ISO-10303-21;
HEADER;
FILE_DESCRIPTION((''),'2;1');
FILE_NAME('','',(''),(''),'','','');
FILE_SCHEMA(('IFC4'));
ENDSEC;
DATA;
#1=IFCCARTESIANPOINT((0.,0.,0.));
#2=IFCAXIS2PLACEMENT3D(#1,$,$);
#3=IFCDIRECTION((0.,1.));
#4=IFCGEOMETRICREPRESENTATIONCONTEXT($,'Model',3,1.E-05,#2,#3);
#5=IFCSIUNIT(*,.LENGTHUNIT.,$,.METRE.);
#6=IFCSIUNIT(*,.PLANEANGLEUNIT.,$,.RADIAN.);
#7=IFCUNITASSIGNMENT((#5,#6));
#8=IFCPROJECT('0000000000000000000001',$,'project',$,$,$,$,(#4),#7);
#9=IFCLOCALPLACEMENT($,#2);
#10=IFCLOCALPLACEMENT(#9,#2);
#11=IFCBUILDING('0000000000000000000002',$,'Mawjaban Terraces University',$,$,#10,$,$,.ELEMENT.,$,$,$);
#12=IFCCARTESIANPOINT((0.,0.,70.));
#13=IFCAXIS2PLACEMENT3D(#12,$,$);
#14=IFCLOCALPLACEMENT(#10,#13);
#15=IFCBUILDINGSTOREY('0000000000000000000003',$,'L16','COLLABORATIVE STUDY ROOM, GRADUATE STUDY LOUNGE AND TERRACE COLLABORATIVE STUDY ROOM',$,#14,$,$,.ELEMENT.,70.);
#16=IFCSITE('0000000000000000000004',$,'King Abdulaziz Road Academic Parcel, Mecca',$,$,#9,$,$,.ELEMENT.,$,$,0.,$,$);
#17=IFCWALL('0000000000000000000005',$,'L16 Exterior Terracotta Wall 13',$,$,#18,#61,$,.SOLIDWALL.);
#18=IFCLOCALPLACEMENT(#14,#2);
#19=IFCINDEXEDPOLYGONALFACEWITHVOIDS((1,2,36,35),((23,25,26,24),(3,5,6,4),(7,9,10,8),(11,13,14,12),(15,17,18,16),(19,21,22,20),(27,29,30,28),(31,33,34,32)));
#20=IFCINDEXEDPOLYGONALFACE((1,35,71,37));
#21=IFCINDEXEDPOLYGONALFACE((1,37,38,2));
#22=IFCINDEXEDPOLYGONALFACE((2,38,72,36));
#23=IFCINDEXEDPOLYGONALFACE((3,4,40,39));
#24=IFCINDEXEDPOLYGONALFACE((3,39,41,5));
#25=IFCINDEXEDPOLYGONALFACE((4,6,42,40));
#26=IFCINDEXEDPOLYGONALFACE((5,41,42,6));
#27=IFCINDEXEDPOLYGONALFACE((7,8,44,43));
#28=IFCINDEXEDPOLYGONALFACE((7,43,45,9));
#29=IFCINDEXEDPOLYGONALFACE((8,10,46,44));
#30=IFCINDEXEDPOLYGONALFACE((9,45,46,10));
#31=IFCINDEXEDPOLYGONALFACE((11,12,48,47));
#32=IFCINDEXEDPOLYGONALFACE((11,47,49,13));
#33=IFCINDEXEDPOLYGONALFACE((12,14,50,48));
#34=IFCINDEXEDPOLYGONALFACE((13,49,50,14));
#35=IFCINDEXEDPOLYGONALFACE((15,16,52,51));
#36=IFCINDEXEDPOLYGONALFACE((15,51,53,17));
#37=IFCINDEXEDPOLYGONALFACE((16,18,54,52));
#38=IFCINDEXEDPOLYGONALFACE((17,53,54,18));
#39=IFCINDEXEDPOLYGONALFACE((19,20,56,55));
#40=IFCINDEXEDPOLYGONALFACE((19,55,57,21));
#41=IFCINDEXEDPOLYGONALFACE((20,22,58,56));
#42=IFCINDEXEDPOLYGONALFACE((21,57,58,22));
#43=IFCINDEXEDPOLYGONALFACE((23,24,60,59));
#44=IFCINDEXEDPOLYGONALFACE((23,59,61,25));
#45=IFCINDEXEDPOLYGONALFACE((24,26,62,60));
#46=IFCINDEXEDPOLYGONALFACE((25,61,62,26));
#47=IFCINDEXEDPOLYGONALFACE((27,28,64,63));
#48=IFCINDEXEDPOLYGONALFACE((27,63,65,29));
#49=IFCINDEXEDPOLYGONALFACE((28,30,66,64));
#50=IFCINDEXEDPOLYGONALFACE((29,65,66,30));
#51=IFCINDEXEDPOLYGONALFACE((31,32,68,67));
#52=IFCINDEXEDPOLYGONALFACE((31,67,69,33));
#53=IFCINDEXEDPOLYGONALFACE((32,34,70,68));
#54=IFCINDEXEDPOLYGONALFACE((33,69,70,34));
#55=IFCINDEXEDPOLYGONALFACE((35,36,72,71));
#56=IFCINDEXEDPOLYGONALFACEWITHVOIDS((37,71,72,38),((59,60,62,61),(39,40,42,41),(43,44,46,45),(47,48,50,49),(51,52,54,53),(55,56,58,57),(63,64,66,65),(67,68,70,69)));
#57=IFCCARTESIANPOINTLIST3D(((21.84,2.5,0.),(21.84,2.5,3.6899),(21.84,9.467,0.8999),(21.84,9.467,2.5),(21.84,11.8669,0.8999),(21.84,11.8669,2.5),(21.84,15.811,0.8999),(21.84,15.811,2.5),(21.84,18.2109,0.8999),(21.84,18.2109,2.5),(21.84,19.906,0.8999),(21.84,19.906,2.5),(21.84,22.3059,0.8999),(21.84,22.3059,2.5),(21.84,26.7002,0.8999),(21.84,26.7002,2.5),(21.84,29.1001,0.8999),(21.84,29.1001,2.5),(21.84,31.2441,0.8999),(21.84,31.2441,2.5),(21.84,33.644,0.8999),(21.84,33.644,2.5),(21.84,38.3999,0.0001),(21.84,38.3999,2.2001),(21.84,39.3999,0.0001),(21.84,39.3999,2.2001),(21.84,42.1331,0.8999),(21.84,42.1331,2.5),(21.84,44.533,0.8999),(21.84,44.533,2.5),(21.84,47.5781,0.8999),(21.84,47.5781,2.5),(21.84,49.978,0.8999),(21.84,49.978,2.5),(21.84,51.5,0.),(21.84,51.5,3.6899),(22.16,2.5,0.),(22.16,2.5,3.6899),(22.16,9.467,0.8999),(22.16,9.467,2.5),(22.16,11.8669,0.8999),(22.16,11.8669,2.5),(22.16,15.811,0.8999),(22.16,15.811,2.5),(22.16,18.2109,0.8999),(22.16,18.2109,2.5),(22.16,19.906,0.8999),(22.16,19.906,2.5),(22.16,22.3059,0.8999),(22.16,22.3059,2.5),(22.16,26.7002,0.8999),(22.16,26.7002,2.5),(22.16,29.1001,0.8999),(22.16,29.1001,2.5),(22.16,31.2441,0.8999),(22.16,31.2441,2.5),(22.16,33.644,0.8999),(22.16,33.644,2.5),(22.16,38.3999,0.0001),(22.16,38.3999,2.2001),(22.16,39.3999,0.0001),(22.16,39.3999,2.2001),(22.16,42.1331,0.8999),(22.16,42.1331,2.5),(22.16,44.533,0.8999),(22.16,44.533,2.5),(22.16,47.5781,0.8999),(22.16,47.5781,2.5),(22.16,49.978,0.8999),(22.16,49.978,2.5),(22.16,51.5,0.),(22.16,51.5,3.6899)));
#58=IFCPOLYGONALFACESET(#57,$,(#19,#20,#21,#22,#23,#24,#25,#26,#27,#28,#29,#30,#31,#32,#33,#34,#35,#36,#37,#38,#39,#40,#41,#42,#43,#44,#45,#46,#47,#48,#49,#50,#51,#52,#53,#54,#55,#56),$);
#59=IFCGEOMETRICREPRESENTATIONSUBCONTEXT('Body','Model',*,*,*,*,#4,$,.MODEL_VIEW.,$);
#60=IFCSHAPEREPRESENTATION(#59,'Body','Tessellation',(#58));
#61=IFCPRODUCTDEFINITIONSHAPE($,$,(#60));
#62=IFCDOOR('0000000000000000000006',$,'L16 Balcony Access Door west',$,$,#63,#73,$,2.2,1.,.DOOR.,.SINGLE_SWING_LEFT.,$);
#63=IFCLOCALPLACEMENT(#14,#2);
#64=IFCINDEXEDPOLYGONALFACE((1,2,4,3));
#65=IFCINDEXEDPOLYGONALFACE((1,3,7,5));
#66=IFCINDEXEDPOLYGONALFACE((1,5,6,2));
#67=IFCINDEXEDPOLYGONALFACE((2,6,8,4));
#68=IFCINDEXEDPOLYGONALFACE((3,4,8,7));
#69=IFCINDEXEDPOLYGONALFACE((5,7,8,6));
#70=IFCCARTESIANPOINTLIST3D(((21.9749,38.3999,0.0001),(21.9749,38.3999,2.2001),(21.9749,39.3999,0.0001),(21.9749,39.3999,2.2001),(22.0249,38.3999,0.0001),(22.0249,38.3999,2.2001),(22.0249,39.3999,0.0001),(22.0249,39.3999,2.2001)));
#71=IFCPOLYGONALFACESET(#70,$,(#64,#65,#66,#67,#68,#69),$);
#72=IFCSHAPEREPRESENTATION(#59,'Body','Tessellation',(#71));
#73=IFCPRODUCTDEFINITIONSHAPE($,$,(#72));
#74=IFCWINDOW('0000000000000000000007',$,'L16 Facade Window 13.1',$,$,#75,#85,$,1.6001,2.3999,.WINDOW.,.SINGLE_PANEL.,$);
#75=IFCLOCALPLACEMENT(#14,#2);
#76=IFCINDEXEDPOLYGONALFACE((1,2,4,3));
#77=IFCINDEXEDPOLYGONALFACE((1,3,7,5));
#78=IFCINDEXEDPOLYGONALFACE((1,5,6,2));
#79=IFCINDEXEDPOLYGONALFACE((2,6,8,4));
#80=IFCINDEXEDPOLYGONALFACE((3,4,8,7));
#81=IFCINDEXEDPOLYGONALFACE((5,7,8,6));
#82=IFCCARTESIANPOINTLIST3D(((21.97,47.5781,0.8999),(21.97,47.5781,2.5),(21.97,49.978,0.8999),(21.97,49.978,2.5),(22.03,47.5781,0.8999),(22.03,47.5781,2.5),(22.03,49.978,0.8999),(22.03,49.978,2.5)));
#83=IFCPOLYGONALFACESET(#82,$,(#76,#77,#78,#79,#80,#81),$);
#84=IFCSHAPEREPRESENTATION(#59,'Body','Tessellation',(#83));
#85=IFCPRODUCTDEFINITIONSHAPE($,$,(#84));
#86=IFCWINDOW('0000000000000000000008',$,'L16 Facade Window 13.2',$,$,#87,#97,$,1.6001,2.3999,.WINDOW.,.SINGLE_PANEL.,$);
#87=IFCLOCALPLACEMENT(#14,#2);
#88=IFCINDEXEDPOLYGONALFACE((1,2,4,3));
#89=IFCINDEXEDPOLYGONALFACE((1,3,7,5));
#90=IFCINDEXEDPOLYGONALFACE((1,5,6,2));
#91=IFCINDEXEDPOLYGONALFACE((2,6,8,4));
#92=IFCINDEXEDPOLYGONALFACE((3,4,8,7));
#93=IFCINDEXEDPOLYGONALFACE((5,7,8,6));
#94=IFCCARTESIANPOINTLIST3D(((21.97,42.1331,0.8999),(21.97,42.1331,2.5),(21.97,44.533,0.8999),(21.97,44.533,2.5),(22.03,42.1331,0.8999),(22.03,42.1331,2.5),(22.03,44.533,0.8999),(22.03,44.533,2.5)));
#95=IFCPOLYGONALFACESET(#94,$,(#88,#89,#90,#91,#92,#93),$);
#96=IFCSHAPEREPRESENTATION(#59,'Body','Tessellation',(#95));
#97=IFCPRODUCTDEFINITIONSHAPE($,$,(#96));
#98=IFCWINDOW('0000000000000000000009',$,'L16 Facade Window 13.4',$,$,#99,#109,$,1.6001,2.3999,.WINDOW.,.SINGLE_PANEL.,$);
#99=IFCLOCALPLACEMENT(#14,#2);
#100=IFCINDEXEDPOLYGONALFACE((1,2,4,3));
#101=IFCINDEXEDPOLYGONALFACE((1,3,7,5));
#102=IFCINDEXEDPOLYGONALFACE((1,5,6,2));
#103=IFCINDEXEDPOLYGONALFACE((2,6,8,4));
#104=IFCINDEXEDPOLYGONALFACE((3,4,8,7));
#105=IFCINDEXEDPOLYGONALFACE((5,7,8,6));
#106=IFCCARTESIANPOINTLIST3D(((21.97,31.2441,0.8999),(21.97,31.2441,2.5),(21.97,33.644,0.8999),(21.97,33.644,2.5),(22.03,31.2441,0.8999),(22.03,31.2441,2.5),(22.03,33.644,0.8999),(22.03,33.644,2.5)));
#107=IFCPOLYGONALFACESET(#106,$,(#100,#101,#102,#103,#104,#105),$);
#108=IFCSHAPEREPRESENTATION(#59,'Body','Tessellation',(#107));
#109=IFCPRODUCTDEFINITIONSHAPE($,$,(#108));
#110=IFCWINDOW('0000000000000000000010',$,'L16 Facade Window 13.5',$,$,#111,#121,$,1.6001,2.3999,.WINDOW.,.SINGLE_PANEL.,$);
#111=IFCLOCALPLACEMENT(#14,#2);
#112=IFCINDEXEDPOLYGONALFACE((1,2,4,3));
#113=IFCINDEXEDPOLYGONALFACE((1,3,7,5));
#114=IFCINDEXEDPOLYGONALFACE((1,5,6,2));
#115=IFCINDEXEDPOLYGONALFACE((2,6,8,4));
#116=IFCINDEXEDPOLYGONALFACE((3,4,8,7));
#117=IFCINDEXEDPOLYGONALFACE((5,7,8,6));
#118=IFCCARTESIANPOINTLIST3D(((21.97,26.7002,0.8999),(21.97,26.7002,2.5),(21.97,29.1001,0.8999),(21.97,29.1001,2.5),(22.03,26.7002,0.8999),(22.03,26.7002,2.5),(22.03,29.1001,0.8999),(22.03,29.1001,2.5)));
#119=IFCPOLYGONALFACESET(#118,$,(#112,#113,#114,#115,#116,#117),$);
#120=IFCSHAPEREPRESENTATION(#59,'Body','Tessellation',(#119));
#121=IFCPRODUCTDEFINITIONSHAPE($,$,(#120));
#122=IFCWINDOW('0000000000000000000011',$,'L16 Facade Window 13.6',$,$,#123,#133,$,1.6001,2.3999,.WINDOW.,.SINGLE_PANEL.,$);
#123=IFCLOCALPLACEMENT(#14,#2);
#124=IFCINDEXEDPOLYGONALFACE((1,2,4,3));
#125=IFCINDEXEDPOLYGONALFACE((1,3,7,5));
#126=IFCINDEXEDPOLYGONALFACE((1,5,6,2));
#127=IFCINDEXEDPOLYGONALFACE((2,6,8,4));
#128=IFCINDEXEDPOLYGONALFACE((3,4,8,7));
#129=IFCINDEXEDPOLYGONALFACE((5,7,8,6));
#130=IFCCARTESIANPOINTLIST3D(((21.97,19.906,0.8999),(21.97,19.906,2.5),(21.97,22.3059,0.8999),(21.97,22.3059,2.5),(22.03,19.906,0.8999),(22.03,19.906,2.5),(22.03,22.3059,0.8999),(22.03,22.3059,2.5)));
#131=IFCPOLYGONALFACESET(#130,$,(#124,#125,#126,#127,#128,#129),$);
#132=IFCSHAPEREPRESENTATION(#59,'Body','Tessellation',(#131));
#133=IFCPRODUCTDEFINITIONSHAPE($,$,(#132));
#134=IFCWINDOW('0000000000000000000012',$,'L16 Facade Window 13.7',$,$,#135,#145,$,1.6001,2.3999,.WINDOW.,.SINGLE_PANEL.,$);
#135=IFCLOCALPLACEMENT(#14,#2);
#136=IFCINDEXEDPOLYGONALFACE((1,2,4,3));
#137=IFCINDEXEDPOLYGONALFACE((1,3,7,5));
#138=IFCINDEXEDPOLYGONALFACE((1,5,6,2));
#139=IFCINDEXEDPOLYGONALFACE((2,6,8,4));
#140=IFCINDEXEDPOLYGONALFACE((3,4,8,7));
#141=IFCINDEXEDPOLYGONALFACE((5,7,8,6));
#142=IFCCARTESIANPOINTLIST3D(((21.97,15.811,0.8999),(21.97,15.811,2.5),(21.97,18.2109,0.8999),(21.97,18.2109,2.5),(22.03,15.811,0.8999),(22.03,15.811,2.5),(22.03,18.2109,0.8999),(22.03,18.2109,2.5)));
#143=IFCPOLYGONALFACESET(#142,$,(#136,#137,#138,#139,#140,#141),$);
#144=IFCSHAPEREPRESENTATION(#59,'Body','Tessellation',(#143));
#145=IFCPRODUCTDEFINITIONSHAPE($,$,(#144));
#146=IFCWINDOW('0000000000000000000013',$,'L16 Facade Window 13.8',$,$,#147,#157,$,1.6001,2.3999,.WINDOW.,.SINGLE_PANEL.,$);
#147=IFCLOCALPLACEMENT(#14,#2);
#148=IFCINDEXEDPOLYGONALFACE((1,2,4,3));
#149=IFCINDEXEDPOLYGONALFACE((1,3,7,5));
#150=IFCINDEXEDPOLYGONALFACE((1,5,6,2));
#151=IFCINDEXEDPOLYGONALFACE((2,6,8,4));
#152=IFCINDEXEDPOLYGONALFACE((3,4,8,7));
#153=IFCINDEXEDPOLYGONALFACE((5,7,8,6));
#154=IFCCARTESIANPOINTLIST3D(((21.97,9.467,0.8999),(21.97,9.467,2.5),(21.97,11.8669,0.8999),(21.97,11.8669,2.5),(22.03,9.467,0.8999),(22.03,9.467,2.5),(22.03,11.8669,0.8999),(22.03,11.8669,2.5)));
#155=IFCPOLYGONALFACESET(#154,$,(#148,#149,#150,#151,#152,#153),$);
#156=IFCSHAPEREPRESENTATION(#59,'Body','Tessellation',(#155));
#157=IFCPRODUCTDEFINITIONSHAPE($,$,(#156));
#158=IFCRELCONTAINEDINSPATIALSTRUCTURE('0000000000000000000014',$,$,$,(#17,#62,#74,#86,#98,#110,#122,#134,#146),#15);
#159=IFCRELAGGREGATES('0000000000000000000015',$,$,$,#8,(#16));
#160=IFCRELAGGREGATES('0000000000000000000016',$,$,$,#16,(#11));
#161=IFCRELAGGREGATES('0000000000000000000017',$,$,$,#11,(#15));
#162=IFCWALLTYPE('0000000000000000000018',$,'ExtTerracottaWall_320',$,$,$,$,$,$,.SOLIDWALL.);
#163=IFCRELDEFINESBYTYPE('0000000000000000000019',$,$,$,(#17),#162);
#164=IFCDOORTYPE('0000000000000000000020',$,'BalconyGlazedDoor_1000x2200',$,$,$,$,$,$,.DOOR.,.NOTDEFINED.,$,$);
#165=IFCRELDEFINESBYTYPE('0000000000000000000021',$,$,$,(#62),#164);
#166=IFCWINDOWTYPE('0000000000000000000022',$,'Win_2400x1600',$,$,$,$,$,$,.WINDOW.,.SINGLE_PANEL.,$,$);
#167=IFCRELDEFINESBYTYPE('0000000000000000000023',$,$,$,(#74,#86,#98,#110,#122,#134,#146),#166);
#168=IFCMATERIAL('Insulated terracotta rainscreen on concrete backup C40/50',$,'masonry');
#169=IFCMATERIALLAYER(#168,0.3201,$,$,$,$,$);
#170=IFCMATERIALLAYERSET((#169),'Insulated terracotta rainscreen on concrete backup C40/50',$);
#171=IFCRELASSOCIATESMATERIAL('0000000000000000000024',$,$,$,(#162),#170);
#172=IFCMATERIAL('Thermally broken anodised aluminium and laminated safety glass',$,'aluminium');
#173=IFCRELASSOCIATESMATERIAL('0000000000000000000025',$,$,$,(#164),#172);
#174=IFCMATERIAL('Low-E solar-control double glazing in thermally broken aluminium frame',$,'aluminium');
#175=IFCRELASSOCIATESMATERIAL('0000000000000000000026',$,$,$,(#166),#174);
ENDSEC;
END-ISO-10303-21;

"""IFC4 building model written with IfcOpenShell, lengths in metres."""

from ifc_helpers import new_model, si_unit, direction, frame, frame_2d, origin, place, context, subcontext, project, spatial, rectangle, extrude, material, layer, layer_set, type_object, element, fill, save


model = new_model("IFC4")

# Units and contexts
model_context = context("Model", 3, precision=1e-05, world=origin(), true_north=direction((0.0, 1.0)))
body_context = subcontext(model_context, "Body", "Model", "MODEL_VIEW")
ifc_project = project(units=[si_unit("LENGTHUNIT", "METRE"), si_unit("PLANEANGLEUNIT", "RADIAN")], contexts=[model_context])

# Site, building, storey
site_placement = place(None, origin())
site = spatial("IfcSite", under=ifc_project, at=site_placement, Name="King Abdulaziz Road Academic Parcel, Mecca", CompositionType="ELEMENT", RefElevation=0.0)
building_placement = place(site_placement, origin())
building = spatial("IfcBuilding", under=site, at=building_placement, Name="Mawjaban Terraces University", CompositionType="ELEMENT")
storey_placement = place(building_placement, frame((0.0, 0.0, 70.0)))
storey = spatial("IfcBuildingStorey", under=building, at=storey_placement, Name="L16", Description="COLLABORATIVE STUDY ROOM, GRADUATE STUDY LOUNGE AND TERRACE COLLABORATIVE STUDY ROOM", CompositionType="ELEMENT", Elevation=70.0)

# Shared definitions
ifc_material_1 = material(Name="Insulated terracotta rainscreen on concrete backup C40/50", Category="masonry")
ifc_layer_1 = layer(ifc_material_1, 0.3201)
ifc_layer_set_1 = layer_set([ifc_layer_1], Name="Insulated terracotta rainscreen on concrete backup C40/50")
wall_type_1 = type_object("IfcWallType", Name="ExtTerracottaWall_320", PredefinedType="SOLIDWALL", material=ifc_layer_set_1)
ifc_material_2 = material(Name="Low-E solar-control double glazing in thermally broken aluminium frame", Category="aluminium")

# Wall, openings, door, windows
wall_1_placement = place(storey_placement, frame((22.0, 51.5, 0.0), z_axis=(0.0, 0.0, 1.0), x_axis=(0.0, -1.0, 0.0)))
wall_1 = element("IfcWall", 1, at=wall_1_placement, inside=storey, type_object=wall_type_1, Name="L16 Exterior Terracotta Wall 13", PredefinedType="SOLIDWALL", context=body_context, shape_type="SweptSolid", body=[
    extrude(rectangle(XDim=49.0, YDim=0.3201, at=frame_2d((24.5, 0.0))), origin(), (0.0, 0.0, 1.0), 3.6899),
])
opening_1_placement = place(wall_1_placement, frame((12.1001, 0.0, 0.0)))
opening_1 = element("IfcOpeningElement", 2, at=opening_1_placement, cuts=wall_1, PredefinedType="OPENING", context=body_context, shape_type="SweptSolid", body=[
    extrude(rectangle(XDim=1.0, YDim=2.2, at=frame_2d((0.5, 1.1001))), frame((0.0, 0.1699, 0.0), z_axis=(0.0, -1.0, 0.0), x_axis=(1.0, 0.0, 0.0)), (0.0, 0.0, 1.0), 0.3401),
])
opening_2_placement = place(wall_1_placement, frame((1.522, 0.0, 0.8999)))
opening_2 = element("IfcOpeningElement", 3, at=opening_2_placement, cuts=wall_1, PredefinedType="OPENING", context=body_context, shape_type="SweptSolid", body=[
    extrude(rectangle(XDim=2.3999, YDim=1.6001, at=frame_2d((1.2, 0.8))), frame((0.0, 0.1699, 0.0), z_axis=(0.0, -1.0, 0.0), x_axis=(1.0, 0.0, 0.0)), (0.0, 0.0, 1.0), 0.3401),
])
opening_3_placement = place(wall_1_placement, frame((6.967, 0.0, 0.8999)))
opening_3 = element("IfcOpeningElement", 4, at=opening_3_placement, cuts=wall_1, PredefinedType="OPENING", context=body_context, shape_type="SweptSolid", body=[
    extrude(rectangle(XDim=2.3999, YDim=1.6001, at=frame_2d((1.2, 0.8))), frame((0.0, 0.1699, 0.0), z_axis=(0.0, -1.0, 0.0), x_axis=(1.0, 0.0, 0.0)), (0.0, 0.0, 1.0), 0.3401),
])
opening_4_placement = place(wall_1_placement, frame((17.856, 0.0, 0.8999)))
opening_4 = element("IfcOpeningElement", 5, at=opening_4_placement, cuts=wall_1, PredefinedType="OPENING", context=body_context, shape_type="SweptSolid", body=[
    extrude(rectangle(XDim=2.3999, YDim=1.6001, at=frame_2d((1.2, 0.8))), frame((0.0, 0.1699, 0.0), z_axis=(0.0, -1.0, 0.0), x_axis=(1.0, 0.0, 0.0)), (0.0, 0.0, 1.0), 0.3401),
])
opening_5_placement = place(wall_1_placement, frame((22.3999, 0.0, 0.8999)))
opening_5 = element("IfcOpeningElement", 6, at=opening_5_placement, cuts=wall_1, PredefinedType="OPENING", context=body_context, shape_type="SweptSolid", body=[
    extrude(rectangle(XDim=2.3999, YDim=1.6001, at=frame_2d((1.2, 0.8))), frame((0.0, 0.1699, 0.0), z_axis=(0.0, -1.0, 0.0), x_axis=(1.0, 0.0, 0.0)), (0.0, 0.0, 1.0), 0.3401),
])
opening_6_placement = place(wall_1_placement, frame((29.1941, 0.0, 0.8999)))
opening_6 = element("IfcOpeningElement", 7, at=opening_6_placement, cuts=wall_1, PredefinedType="OPENING", context=body_context, shape_type="SweptSolid", body=[
    extrude(rectangle(XDim=2.3999, YDim=1.6001, at=frame_2d((1.2, 0.8))), frame((0.0, 0.1699, 0.0), z_axis=(0.0, -1.0, 0.0), x_axis=(1.0, 0.0, 0.0)), (0.0, 0.0, 1.0), 0.3401),
])
opening_7_placement = place(wall_1_placement, frame((33.2891, 0.0, 0.8999)))
opening_7 = element("IfcOpeningElement", 8, at=opening_7_placement, cuts=wall_1, PredefinedType="OPENING", context=body_context, shape_type="SweptSolid", body=[
    extrude(rectangle(XDim=2.3999, YDim=1.6001, at=frame_2d((1.2, 0.8))), frame((0.0, 0.1699, 0.0), z_axis=(0.0, -1.0, 0.0), x_axis=(1.0, 0.0, 0.0)), (0.0, 0.0, 1.0), 0.3401),
])
opening_8_placement = place(wall_1_placement, frame((39.6331, 0.0, 0.8999)))
opening_8 = element("IfcOpeningElement", 9, at=opening_8_placement, cuts=wall_1, PredefinedType="OPENING", context=body_context, shape_type="SweptSolid", body=[
    extrude(rectangle(XDim=2.3999, YDim=1.6001, at=frame_2d((1.2, 0.8))), frame((0.0, 0.1699, 0.0), z_axis=(0.0, -1.0, 0.0), x_axis=(1.0, 0.0, 0.0)), (0.0, 0.0, 1.0), 0.3401),
])
ifc_material_3 = material(Name="Thermally broken anodised aluminium and laminated safety glass", Category="aluminium")
door_type_1 = type_object("IfcDoorType", Name="BalconyGlazedDoor_1000x2200", OperationType="NOTDEFINED", PredefinedType="DOOR", material=ifc_material_3)
door_1_placement = place(opening_1_placement, origin())
door_1 = element("IfcDoor", 10, at=door_1_placement, inside=storey, type_object=door_type_1, Name="L16 Balcony Access Door west", OperationType="SINGLE_SWING_LEFT", OverallHeight=2.2, OverallWidth=1.0, PredefinedType="DOOR", context=body_context, shape_type="SweptSolid", body=[
    extrude(rectangle(XDim=1.0, YDim=2.2, at=frame_2d((0.5, 1.1001))), frame((0.0, 0.0249, 0.0), z_axis=(0.0, -1.0, 0.0), x_axis=(1.0, 0.0, 0.0)), (0.0, 0.0, 1.0), 0.05),
])
fill(opening_1, door_1)
window_type_1 = type_object("IfcWindowType", Name="Win_2400x1600", PartitioningType="SINGLE_PANEL", PredefinedType="WINDOW", material=ifc_material_2)
window_1_placement = place(opening_2_placement, origin())
window_1 = element("IfcWindow", 11, at=window_1_placement, inside=storey, type_object=window_type_1, Name="L16 Facade Window 13.1", OverallHeight=1.6001, OverallWidth=2.3999, PartitioningType="SINGLE_PANEL", PredefinedType="WINDOW", context=body_context, shape_type="SweptSolid", body=[
    extrude(rectangle(XDim=2.3999, YDim=1.6001, at=frame_2d((1.2, 0.8))), frame((0.0, 0.03, 0.0), z_axis=(0.0, -1.0, 0.0), x_axis=(1.0, 0.0, 0.0)), (0.0, 0.0, 1.0), 0.0601),
])
fill(opening_2, window_1)
window_2_placement = place(opening_3_placement, origin())
window_2 = element("IfcWindow", 12, at=window_2_placement, inside=storey, type_object=window_type_1, Name="L16 Facade Window 13.2", OverallHeight=1.6001, OverallWidth=2.3999, PartitioningType="SINGLE_PANEL", PredefinedType="WINDOW", context=body_context, shape_type="SweptSolid", body=[
    extrude(rectangle(XDim=2.3999, YDim=1.6001, at=frame_2d((1.2, 0.8))), frame((0.0, 0.03, 0.0), z_axis=(0.0, -1.0, 0.0), x_axis=(1.0, 0.0, 0.0)), (0.0, 0.0, 1.0), 0.0601),
])
fill(opening_3, window_2)
window_3_placement = place(opening_4_placement, origin())
window_3 = element("IfcWindow", 13, at=window_3_placement, inside=storey, type_object=window_type_1, Name="L16 Facade Window 13.4", OverallHeight=1.6001, OverallWidth=2.3999, PartitioningType="SINGLE_PANEL", PredefinedType="WINDOW", context=body_context, shape_type="SweptSolid", body=[
    extrude(rectangle(XDim=2.3999, YDim=1.6001, at=frame_2d((1.2, 0.8))), frame((0.0, 0.03, 0.0), z_axis=(0.0, -1.0, 0.0), x_axis=(1.0, 0.0, 0.0)), (0.0, 0.0, 1.0), 0.0601),
])
fill(opening_4, window_3)
window_4_placement = place(opening_5_placement, origin())
window_4 = element("IfcWindow", 14, at=window_4_placement, inside=storey, type_object=window_type_1, Name="L16 Facade Window 13.5", OverallHeight=1.6001, OverallWidth=2.3999, PartitioningType="SINGLE_PANEL", PredefinedType="WINDOW", context=body_context, shape_type="SweptSolid", body=[
    extrude(rectangle(XDim=2.3999, YDim=1.6001, at=frame_2d((1.2, 0.8))), frame((0.0, 0.03, 0.0), z_axis=(0.0, -1.0, 0.0), x_axis=(1.0, 0.0, 0.0)), (0.0, 0.0, 1.0), 0.0601),
])
fill(opening_5, window_4)
window_5_placement = place(opening_6_placement, origin())
window_5 = element("IfcWindow", 15, at=window_5_placement, inside=storey, type_object=window_type_1, Name="L16 Facade Window 13.6", OverallHeight=1.6001, OverallWidth=2.3999, PartitioningType="SINGLE_PANEL", PredefinedType="WINDOW", context=body_context, shape_type="SweptSolid", body=[
    extrude(rectangle(XDim=2.3999, YDim=1.6001, at=frame_2d((1.2, 0.8))), frame((0.0, 0.03, 0.0), z_axis=(0.0, -1.0, 0.0), x_axis=(1.0, 0.0, 0.0)), (0.0, 0.0, 1.0), 0.0601),
])
fill(opening_6, window_5)
window_6_placement = place(opening_7_placement, origin())
window_6 = element("IfcWindow", 16, at=window_6_placement, inside=storey, type_object=window_type_1, Name="L16 Facade Window 13.7", OverallHeight=1.6001, OverallWidth=2.3999, PartitioningType="SINGLE_PANEL", PredefinedType="WINDOW", context=body_context, shape_type="SweptSolid", body=[
    extrude(rectangle(XDim=2.3999, YDim=1.6001, at=frame_2d((1.2, 0.8))), frame((0.0, 0.03, 0.0), z_axis=(0.0, -1.0, 0.0), x_axis=(1.0, 0.0, 0.0)), (0.0, 0.0, 1.0), 0.0601),
])
fill(opening_7, window_6)
window_7_placement = place(opening_8_placement, origin())
window_7 = element("IfcWindow", 17, at=window_7_placement, inside=storey, type_object=window_type_1, Name="L16 Facade Window 13.8", OverallHeight=1.6001, OverallWidth=2.3999, PartitioningType="SINGLE_PANEL", PredefinedType="WINDOW", context=body_context, shape_type="SweptSolid", body=[
    extrude(rectangle(XDim=2.3999, YDim=1.6001, at=frame_2d((1.2, 0.8))), frame((0.0, 0.03, 0.0), z_axis=(0.0, -1.0, 0.0), x_axis=(1.0, 0.0, 0.0)), (0.0, 0.0, 1.0), 0.0601),
])
fill(opening_8, window_7)

save(model, "model.ifc")
